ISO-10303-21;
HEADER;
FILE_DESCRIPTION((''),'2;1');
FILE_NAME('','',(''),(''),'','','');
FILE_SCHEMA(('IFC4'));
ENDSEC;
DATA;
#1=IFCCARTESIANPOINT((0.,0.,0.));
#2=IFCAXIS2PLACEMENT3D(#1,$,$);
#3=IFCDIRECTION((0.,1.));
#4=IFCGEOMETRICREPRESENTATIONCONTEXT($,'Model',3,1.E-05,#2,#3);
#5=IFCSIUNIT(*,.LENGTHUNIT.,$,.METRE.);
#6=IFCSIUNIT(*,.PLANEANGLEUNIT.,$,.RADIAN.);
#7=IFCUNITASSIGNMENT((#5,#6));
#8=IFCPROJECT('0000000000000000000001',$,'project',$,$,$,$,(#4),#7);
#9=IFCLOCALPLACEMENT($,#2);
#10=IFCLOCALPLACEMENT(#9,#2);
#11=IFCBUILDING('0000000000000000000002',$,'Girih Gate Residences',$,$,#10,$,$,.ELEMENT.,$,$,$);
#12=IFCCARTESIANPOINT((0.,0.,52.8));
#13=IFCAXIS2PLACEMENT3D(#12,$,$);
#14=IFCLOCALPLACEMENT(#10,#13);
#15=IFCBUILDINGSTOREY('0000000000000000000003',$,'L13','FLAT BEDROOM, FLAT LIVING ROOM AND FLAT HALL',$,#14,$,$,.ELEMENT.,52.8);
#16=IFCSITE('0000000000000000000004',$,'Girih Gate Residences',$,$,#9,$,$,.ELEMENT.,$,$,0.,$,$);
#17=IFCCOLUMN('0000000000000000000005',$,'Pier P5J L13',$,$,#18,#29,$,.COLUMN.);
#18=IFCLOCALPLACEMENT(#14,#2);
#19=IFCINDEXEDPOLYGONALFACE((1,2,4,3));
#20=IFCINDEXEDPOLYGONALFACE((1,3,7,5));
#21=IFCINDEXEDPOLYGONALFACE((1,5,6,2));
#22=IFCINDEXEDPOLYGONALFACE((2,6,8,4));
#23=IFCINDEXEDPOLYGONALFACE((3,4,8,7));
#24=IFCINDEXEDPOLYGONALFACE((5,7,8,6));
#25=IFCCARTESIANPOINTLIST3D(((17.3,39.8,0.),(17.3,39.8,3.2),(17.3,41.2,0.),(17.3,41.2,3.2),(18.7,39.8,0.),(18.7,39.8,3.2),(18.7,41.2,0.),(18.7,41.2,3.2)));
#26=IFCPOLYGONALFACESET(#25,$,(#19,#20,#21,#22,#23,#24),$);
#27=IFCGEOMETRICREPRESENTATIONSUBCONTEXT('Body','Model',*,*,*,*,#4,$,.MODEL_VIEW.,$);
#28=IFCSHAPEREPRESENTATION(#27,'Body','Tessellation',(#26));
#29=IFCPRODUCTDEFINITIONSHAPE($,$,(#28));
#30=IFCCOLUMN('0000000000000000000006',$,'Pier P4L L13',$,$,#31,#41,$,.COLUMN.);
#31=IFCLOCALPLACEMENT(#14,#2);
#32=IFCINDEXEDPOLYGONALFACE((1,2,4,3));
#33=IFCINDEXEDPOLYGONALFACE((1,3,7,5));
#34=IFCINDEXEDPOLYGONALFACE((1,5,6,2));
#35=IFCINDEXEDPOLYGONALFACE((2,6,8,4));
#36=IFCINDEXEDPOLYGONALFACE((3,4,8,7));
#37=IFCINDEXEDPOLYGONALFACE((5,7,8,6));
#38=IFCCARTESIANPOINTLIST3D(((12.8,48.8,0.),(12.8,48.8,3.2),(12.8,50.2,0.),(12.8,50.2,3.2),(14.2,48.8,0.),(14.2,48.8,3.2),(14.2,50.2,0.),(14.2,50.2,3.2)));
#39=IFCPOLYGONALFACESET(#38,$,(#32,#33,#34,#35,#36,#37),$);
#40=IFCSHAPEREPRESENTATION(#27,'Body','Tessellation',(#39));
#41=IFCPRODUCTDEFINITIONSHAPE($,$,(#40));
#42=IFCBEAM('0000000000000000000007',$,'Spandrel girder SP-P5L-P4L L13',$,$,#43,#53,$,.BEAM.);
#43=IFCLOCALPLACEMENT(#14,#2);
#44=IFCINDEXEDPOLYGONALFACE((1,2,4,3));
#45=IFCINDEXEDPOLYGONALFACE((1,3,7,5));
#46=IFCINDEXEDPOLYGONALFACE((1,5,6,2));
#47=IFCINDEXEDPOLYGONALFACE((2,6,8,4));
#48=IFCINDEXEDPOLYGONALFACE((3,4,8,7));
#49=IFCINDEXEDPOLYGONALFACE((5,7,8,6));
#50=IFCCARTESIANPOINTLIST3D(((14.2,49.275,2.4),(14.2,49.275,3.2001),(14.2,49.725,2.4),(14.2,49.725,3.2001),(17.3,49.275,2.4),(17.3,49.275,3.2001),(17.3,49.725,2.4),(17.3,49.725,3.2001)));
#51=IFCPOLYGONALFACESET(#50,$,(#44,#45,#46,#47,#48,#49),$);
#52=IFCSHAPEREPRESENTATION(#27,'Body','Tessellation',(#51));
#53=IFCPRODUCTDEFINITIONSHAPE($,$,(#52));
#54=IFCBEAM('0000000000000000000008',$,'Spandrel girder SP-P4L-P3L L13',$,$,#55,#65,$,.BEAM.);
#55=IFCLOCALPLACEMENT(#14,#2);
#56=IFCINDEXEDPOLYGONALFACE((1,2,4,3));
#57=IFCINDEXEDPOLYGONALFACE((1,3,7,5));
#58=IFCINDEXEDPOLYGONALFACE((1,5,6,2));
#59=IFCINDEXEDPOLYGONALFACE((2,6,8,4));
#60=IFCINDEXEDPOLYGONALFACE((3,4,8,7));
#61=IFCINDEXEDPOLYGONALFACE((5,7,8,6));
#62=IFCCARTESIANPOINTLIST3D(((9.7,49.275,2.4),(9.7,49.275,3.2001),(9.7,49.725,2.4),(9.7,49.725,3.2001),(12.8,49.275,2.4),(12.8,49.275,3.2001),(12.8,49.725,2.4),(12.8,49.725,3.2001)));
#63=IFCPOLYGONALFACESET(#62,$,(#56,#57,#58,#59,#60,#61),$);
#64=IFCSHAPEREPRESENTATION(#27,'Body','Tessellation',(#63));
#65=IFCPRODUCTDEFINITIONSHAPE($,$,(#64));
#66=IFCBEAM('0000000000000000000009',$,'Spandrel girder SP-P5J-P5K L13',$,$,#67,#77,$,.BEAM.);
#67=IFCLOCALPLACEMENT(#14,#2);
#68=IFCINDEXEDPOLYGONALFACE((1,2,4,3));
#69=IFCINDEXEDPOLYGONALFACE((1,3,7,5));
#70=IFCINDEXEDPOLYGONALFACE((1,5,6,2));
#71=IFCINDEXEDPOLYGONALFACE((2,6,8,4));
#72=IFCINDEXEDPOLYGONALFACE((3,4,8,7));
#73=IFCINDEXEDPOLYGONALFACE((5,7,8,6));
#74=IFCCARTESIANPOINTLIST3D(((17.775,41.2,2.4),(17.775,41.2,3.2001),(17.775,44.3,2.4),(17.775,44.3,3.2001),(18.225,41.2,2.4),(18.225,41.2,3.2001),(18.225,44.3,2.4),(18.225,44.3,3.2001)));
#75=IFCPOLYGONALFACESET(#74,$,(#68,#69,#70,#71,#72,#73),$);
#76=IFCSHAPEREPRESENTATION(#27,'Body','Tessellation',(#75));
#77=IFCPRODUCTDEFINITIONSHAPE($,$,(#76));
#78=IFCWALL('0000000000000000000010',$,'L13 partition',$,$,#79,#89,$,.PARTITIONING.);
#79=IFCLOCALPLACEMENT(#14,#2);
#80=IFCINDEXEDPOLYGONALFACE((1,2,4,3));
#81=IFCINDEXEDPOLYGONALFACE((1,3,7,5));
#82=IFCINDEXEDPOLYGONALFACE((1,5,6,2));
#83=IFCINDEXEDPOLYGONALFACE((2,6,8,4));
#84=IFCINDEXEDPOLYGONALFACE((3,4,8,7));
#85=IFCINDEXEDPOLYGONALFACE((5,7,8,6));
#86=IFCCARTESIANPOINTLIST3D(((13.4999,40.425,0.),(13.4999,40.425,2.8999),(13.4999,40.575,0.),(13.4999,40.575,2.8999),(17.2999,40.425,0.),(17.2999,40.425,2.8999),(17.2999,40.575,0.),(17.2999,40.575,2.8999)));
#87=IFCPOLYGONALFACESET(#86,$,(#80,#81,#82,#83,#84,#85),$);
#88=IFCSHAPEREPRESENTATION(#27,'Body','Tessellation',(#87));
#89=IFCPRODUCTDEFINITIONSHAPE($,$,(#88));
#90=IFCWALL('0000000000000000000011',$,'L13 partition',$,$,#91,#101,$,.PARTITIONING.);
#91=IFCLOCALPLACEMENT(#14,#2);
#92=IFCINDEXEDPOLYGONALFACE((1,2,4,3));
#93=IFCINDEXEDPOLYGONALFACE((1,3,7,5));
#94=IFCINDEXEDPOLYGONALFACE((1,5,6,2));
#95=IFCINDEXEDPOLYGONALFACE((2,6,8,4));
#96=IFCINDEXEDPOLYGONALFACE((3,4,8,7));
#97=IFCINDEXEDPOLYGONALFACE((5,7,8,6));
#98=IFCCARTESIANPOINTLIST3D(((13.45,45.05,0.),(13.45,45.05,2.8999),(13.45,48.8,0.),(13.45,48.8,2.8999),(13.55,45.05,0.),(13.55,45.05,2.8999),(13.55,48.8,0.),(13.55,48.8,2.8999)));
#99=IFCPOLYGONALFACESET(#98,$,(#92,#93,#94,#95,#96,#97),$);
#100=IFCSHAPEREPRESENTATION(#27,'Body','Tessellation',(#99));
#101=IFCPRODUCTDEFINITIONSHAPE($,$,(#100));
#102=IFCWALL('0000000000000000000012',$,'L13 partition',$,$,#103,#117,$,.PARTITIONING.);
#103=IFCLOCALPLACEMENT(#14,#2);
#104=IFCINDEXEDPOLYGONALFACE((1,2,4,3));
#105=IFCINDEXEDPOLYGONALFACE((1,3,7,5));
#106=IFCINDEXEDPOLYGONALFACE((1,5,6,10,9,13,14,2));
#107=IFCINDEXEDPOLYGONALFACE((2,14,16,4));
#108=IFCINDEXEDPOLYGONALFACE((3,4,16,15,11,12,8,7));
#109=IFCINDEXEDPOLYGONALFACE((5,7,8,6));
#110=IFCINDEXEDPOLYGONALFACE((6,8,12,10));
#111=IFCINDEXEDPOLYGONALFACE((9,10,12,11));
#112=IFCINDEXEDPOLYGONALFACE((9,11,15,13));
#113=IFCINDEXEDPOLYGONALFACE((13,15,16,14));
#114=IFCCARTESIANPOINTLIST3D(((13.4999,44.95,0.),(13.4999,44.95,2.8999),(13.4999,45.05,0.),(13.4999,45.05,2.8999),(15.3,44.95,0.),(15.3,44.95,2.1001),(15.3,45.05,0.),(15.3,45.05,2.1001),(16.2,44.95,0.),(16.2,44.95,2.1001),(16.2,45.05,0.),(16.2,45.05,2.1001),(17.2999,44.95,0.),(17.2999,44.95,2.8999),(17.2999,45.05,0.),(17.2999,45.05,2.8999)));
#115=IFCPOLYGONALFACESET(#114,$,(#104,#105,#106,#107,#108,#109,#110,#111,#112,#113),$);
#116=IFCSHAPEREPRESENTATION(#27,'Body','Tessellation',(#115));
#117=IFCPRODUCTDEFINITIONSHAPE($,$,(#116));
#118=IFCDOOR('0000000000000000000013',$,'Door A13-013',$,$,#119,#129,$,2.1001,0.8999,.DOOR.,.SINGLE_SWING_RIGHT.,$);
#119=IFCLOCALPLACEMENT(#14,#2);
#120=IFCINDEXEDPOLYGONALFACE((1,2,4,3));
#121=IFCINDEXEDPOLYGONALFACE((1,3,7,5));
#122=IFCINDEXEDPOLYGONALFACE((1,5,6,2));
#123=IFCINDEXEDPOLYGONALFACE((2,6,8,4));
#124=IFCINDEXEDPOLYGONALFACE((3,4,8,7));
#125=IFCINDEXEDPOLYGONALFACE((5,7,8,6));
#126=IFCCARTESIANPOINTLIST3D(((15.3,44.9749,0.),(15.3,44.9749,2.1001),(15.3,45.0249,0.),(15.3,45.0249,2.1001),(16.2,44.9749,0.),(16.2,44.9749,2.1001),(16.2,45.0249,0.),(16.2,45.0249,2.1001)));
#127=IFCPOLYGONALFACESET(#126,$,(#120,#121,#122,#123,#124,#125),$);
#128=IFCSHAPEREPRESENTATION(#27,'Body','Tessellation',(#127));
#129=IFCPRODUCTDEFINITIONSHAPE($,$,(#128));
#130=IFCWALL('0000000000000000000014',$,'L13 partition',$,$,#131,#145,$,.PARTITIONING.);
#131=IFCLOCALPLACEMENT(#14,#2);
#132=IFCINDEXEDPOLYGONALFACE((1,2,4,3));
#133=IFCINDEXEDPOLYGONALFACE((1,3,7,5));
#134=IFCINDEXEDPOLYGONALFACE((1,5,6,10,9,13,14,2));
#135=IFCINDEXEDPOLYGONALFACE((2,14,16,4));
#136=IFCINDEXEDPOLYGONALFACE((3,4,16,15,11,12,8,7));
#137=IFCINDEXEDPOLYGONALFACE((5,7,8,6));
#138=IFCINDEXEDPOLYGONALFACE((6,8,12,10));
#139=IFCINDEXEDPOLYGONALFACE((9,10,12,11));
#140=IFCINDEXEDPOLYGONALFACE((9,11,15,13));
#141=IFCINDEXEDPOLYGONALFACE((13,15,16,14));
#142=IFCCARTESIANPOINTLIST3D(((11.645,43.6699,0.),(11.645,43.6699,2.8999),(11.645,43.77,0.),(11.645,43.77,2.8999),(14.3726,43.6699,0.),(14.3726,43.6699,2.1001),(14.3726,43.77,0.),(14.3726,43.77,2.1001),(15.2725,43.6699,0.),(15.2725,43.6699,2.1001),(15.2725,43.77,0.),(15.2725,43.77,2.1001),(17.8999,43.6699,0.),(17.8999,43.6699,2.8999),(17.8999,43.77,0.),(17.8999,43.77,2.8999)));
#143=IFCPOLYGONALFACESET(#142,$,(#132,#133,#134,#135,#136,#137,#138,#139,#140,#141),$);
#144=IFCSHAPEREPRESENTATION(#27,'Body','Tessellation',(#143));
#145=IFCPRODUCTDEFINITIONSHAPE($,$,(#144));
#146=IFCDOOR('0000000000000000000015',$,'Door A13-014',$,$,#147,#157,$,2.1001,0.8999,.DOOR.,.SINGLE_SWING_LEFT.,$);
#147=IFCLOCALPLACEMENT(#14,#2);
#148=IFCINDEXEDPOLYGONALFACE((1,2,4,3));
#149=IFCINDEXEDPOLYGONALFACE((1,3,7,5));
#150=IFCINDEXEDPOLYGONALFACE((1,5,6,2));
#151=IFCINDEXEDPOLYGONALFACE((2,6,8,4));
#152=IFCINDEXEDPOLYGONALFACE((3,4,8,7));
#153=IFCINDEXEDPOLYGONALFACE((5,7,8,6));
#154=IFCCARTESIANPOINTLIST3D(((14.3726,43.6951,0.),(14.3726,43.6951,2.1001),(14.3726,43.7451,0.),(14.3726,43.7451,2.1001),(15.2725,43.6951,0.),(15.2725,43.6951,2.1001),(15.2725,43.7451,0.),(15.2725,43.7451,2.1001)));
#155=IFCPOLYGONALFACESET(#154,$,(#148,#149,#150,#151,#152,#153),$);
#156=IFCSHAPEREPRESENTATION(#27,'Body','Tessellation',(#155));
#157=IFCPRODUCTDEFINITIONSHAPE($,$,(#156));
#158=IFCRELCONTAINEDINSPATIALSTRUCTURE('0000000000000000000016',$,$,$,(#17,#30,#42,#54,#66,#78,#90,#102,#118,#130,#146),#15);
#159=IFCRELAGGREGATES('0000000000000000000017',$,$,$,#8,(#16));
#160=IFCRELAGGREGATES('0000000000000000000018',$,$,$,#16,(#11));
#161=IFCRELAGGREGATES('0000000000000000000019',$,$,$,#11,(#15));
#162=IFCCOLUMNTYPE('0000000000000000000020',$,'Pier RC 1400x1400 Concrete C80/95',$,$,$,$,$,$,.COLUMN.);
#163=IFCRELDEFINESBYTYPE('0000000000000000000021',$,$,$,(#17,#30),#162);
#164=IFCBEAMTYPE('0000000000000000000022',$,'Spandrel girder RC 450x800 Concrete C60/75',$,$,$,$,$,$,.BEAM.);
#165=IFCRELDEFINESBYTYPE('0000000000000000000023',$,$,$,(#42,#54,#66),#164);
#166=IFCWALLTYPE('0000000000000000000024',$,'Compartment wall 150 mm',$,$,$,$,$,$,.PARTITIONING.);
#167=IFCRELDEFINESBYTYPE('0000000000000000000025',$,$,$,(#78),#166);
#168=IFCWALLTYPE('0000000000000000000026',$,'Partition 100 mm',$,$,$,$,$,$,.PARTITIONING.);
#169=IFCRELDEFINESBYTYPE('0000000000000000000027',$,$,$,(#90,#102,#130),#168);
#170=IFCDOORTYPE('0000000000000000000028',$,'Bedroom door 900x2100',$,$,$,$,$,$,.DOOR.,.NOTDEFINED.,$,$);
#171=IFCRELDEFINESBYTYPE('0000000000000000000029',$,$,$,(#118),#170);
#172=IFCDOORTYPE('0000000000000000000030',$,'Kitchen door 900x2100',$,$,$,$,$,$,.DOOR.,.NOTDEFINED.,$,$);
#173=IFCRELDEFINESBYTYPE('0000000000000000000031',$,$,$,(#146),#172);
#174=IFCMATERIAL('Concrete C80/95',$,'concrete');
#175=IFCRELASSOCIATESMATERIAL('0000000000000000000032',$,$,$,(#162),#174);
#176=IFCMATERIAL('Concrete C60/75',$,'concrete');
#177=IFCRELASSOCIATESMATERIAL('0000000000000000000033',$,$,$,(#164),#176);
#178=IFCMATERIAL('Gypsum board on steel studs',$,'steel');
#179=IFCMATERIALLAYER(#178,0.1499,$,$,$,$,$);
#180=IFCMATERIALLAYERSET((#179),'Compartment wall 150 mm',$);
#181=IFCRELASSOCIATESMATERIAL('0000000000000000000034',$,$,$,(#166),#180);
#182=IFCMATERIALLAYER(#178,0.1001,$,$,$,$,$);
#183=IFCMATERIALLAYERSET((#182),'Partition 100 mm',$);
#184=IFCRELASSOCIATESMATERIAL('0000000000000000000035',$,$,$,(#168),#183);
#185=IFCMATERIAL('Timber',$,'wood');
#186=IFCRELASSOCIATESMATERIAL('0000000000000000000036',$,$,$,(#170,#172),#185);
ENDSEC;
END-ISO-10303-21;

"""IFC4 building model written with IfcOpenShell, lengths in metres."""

from ifc_helpers import new_model, si_unit, direction, frame, frame_2d, origin, origin_2d, place, context, subcontext, project, spatial, rectangle, extrude, material, layer, layer_set, material_profile, profile_set, type_object, element, fill, save


model = new_model("IFC4")

# Units and contexts
model_context = context("Model", 3, precision=1e-05, world=origin(), true_north=direction((0.0, 1.0)))
body_context = subcontext(model_context, "Body", "Model", "MODEL_VIEW")
ifc_project = project(units=[si_unit("LENGTHUNIT", "METRE"), si_unit("PLANEANGLEUNIT", "RADIAN")], contexts=[model_context])

# Site, building, storey
site_placement = place(None, origin())
site = spatial("IfcSite", under=ifc_project, at=site_placement, Name="Girih Gate Residences", CompositionType="ELEMENT", RefElevation=0.0)
building_placement = place(site_placement, origin())
building = spatial("IfcBuilding", under=site, at=building_placement, Name="Girih Gate Residences", CompositionType="ELEMENT")
storey_placement = place(building_placement, frame((0.0, 0.0, 52.8)))
storey = spatial("IfcBuildingStorey", under=building, at=storey_placement, Name="L13", Description="FLAT BEDROOM, FLAT LIVING ROOM AND FLAT HALL", CompositionType="ELEMENT", Elevation=52.8)

# Columns
ifc_material_1 = material(Name="Concrete C80/95", Category="concrete")
ifc_material_profile_1 = material_profile(ifc_material_1, rectangle(XDim=1.3999, YDim=1.3999, at=origin_2d()))
ifc_profile_set_1 = profile_set([ifc_material_profile_1], Name="Concrete C80/95")
column_type = type_object("IfcColumnType", Name="Pier RC 1400x1400 Concrete C80/95", PredefinedType="COLUMN", material=ifc_profile_set_1)
for number, where, z_axis, x_axis, name in (
    (1, (18.0, 40.5, 0.0), (0.0, 0.0, 1.0), (1.0, 0.0, 0.0), "Pier P5J L13"),
    (2, (13.5, 49.5, 0.0), (0.0, 0.0, 1.0), (1.0, 0.0, 0.0), "Pier P4L L13"),
):
    element("IfcColumn", number, at=place(storey_placement, frame(where, z_axis=z_axis, x_axis=x_axis)), inside=storey, type_object=column_type, Name=name, PredefinedType="COLUMN", context=body_context, shape_type="SweptSolid", body=[
        extrude(rectangle(XDim=1.3999, YDim=1.3999, at=origin_2d()), origin(), (0.0, 0.0, 1.0), 3.2),
    ])

# Beams
ifc_material_2 = material(Name="Concrete C60/75", Category="concrete")
ifc_material_profile_2 = material_profile(ifc_material_2, rectangle(XDim=0.45, YDim=0.8, at=origin_2d()))
ifc_profile_set_2 = profile_set([ifc_material_profile_2], Name="Concrete C60/75")
beam_type = type_object("IfcBeamType", Name="Spandrel girder RC 450x800 Concrete C60/75", PredefinedType="BEAM", material=ifc_profile_set_2)
for number, where, z_axis, x_axis, name in (
    (3, (17.3, 49.5, 2.8), (-1.0, 0.0, 0.0), (0.0, -1.0, 0.0), "Spandrel girder SP-P5L-P4L L13"),
    (4, (12.8, 49.5, 2.8), (-1.0, 0.0, 0.0), (0.0, -1.0, 0.0), "Spandrel girder SP-P4L-P3L L13"),
    (5, (18.0, 41.2, 2.8), (0.0, 1.0, 0.0), (-1.0, 0.0, 0.0), "Spandrel girder SP-P5J-P5K L13"),
):
    element("IfcBeam", number, at=place(storey_placement, frame(where, z_axis=z_axis, x_axis=x_axis)), inside=storey, type_object=beam_type, Name=name, PredefinedType="BEAM", context=body_context, shape_type="SweptSolid", body=[
        extrude(rectangle(XDim=0.45, YDim=0.8, at=origin_2d()), origin(), (0.0, 0.0, 1.0), 3.1001),
    ])

# Walls
ifc_material_3 = material(Name="Gypsum board on steel studs", Category="steel")
ifc_layer_1 = layer(ifc_material_3, 0.1499)
ifc_layer_set_1 = layer_set([ifc_layer_1], Name="Compartment wall 150 mm")
wall_type_1 = type_object("IfcWallType", Name="Compartment wall 150 mm", PredefinedType="PARTITIONING", material=ifc_layer_set_1)
wall_1_placement = place(storey_placement, frame((13.5, 40.5, 0.0), z_axis=(0.0, 0.0, 1.0), x_axis=(1.0, 0.0, 0.0)))
element("IfcWall", 6, at=wall_1_placement, inside=storey, type_object=wall_type_1, Name="L13 partition", PredefinedType="PARTITIONING", context=body_context, shape_type="SweptSolid", body=[
    extrude(rectangle(XDim=3.8, YDim=0.1499, at=frame_2d((1.8999, 0.0))), origin(), (0.0, 0.0, 1.0), 2.8999),
])
ifc_layer_2 = layer(ifc_material_3, 0.1001)
ifc_layer_set_2 = layer_set([ifc_layer_2], Name="Partition 100 mm")
wall_type_2 = type_object("IfcWallType", Name="Partition 100 mm", PredefinedType="PARTITIONING", material=ifc_layer_set_2)
wall_2_placement = place(storey_placement, frame((13.5, 45.05, 0.0), z_axis=(0.0, 0.0, 1.0), x_axis=(0.0, 1.0, 0.0)))
element("IfcWall", 7, at=wall_2_placement, inside=storey, type_object=wall_type_2, Name="L13 partition", PredefinedType="PARTITIONING", context=body_context, shape_type="SweptSolid", body=[
    extrude(rectangle(XDim=3.75, YDim=0.1001, at=frame_2d((1.875, 0.0))), origin(), (0.0, 0.0, 1.0), 2.8999),
])

# Walls, openings, doors
wall_3_placement = place(storey_placement, frame((13.5, 45.0, 0.0), z_axis=(0.0, 0.0, 1.0), x_axis=(1.0, 0.0, 0.0)))
wall_3 = element("IfcWall", 8, at=wall_3_placement, inside=storey, type_object=wall_type_2, Name="L13 partition", PredefinedType="PARTITIONING", context=body_context, shape_type="SweptSolid", body=[
    extrude(rectangle(XDim=3.8, YDim=0.1001, at=frame_2d((1.8999, 0.0))), origin(), (0.0, 0.0, 1.0), 2.8999),
])
opening_1_placement = place(wall_3_placement, frame((1.8, 0.0, 0.0)))
opening_1 = element("IfcOpeningElement", 9, at=opening_1_placement, cuts=wall_3, PredefinedType="OPENING", context=body_context, shape_type="SweptSolid", body=[
    extrude(rectangle(XDim=0.8999, YDim=2.1001, at=frame_2d((0.45, 1.05))), frame((0.0, 0.0601, 0.0), z_axis=(0.0, -1.0, 0.0), x_axis=(1.0, 0.0, 0.0)), (0.0, 0.0, 1.0), 0.1201),
])
ifc_material_4 = material(Name="Timber", Category="wood")
door_type_1 = type_object("IfcDoorType", Name="Bedroom door 900x2100", OperationType="NOTDEFINED", PredefinedType="DOOR", material=ifc_material_4)
door_1_placement = place(opening_1_placement, origin())
door_1 = element("IfcDoor", 10, at=door_1_placement, inside=storey, type_object=door_type_1, Name="Door A13-013", OperationType="SINGLE_SWING_RIGHT", OverallHeight=2.1001, OverallWidth=0.8999, PredefinedType="DOOR", context=body_context, shape_type="SweptSolid", body=[
    extrude(rectangle(XDim=0.8999, YDim=2.1001, at=frame_2d((0.45, 1.05))), frame((0.0, 0.0249, 0.0), z_axis=(0.0, -1.0, 0.0), x_axis=(1.0, 0.0, 0.0)), (0.0, 0.0, 1.0), 0.05),
])
fill(opening_1, door_1)
wall_4_placement = place(storey_placement, frame((17.8999, 43.72, 0.0), z_axis=(0.0, 0.0, 1.0), x_axis=(-1.0, 0.0, 0.0)))
wall_4 = element("IfcWall", 11, at=wall_4_placement, inside=storey, type_object=wall_type_2, Name="L13 partition", PredefinedType="PARTITIONING", context=body_context, shape_type="SweptSolid", body=[
    extrude(rectangle(XDim=6.2549, YDim=0.1001, at=frame_2d((3.1274, 0.0))), origin(), (0.0, 0.0, 1.0), 2.8999),
])
opening_2_placement = place(wall_4_placement, frame((2.6274, 0.0, 0.0)))
opening_2 = element("IfcOpeningElement", 12, at=opening_2_placement, cuts=wall_4, PredefinedType="OPENING", context=body_context, shape_type="SweptSolid", body=[
    extrude(rectangle(XDim=0.8999, YDim=2.1001, at=frame_2d((0.45, 1.05))), frame((0.0, 0.0601, 0.0), z_axis=(0.0, -1.0, 0.0), x_axis=(1.0, 0.0, 0.0)), (0.0, 0.0, 1.0), 0.1201),
])
door_type_2 = type_object("IfcDoorType", Name="Kitchen door 900x2100", OperationType="NOTDEFINED", PredefinedType="DOOR", material=ifc_material_4)
door_2_placement = place(opening_2_placement, origin())
door_2 = element("IfcDoor", 13, at=door_2_placement, inside=storey, type_object=door_type_2, Name="Door A13-014", OperationType="SINGLE_SWING_LEFT", OverallHeight=2.1001, OverallWidth=0.8999, PredefinedType="DOOR", context=body_context, shape_type="SweptSolid", body=[
    extrude(rectangle(XDim=0.8999, YDim=2.1001, at=frame_2d((0.45, 1.05))), frame((0.0, 0.0249, 0.0), z_axis=(0.0, -1.0, 0.0), x_axis=(1.0, 0.0, 0.0)), (0.0, 0.0, 1.0), 0.05),
])
fill(opening_2, door_2)

save(model, "model.ifc")
